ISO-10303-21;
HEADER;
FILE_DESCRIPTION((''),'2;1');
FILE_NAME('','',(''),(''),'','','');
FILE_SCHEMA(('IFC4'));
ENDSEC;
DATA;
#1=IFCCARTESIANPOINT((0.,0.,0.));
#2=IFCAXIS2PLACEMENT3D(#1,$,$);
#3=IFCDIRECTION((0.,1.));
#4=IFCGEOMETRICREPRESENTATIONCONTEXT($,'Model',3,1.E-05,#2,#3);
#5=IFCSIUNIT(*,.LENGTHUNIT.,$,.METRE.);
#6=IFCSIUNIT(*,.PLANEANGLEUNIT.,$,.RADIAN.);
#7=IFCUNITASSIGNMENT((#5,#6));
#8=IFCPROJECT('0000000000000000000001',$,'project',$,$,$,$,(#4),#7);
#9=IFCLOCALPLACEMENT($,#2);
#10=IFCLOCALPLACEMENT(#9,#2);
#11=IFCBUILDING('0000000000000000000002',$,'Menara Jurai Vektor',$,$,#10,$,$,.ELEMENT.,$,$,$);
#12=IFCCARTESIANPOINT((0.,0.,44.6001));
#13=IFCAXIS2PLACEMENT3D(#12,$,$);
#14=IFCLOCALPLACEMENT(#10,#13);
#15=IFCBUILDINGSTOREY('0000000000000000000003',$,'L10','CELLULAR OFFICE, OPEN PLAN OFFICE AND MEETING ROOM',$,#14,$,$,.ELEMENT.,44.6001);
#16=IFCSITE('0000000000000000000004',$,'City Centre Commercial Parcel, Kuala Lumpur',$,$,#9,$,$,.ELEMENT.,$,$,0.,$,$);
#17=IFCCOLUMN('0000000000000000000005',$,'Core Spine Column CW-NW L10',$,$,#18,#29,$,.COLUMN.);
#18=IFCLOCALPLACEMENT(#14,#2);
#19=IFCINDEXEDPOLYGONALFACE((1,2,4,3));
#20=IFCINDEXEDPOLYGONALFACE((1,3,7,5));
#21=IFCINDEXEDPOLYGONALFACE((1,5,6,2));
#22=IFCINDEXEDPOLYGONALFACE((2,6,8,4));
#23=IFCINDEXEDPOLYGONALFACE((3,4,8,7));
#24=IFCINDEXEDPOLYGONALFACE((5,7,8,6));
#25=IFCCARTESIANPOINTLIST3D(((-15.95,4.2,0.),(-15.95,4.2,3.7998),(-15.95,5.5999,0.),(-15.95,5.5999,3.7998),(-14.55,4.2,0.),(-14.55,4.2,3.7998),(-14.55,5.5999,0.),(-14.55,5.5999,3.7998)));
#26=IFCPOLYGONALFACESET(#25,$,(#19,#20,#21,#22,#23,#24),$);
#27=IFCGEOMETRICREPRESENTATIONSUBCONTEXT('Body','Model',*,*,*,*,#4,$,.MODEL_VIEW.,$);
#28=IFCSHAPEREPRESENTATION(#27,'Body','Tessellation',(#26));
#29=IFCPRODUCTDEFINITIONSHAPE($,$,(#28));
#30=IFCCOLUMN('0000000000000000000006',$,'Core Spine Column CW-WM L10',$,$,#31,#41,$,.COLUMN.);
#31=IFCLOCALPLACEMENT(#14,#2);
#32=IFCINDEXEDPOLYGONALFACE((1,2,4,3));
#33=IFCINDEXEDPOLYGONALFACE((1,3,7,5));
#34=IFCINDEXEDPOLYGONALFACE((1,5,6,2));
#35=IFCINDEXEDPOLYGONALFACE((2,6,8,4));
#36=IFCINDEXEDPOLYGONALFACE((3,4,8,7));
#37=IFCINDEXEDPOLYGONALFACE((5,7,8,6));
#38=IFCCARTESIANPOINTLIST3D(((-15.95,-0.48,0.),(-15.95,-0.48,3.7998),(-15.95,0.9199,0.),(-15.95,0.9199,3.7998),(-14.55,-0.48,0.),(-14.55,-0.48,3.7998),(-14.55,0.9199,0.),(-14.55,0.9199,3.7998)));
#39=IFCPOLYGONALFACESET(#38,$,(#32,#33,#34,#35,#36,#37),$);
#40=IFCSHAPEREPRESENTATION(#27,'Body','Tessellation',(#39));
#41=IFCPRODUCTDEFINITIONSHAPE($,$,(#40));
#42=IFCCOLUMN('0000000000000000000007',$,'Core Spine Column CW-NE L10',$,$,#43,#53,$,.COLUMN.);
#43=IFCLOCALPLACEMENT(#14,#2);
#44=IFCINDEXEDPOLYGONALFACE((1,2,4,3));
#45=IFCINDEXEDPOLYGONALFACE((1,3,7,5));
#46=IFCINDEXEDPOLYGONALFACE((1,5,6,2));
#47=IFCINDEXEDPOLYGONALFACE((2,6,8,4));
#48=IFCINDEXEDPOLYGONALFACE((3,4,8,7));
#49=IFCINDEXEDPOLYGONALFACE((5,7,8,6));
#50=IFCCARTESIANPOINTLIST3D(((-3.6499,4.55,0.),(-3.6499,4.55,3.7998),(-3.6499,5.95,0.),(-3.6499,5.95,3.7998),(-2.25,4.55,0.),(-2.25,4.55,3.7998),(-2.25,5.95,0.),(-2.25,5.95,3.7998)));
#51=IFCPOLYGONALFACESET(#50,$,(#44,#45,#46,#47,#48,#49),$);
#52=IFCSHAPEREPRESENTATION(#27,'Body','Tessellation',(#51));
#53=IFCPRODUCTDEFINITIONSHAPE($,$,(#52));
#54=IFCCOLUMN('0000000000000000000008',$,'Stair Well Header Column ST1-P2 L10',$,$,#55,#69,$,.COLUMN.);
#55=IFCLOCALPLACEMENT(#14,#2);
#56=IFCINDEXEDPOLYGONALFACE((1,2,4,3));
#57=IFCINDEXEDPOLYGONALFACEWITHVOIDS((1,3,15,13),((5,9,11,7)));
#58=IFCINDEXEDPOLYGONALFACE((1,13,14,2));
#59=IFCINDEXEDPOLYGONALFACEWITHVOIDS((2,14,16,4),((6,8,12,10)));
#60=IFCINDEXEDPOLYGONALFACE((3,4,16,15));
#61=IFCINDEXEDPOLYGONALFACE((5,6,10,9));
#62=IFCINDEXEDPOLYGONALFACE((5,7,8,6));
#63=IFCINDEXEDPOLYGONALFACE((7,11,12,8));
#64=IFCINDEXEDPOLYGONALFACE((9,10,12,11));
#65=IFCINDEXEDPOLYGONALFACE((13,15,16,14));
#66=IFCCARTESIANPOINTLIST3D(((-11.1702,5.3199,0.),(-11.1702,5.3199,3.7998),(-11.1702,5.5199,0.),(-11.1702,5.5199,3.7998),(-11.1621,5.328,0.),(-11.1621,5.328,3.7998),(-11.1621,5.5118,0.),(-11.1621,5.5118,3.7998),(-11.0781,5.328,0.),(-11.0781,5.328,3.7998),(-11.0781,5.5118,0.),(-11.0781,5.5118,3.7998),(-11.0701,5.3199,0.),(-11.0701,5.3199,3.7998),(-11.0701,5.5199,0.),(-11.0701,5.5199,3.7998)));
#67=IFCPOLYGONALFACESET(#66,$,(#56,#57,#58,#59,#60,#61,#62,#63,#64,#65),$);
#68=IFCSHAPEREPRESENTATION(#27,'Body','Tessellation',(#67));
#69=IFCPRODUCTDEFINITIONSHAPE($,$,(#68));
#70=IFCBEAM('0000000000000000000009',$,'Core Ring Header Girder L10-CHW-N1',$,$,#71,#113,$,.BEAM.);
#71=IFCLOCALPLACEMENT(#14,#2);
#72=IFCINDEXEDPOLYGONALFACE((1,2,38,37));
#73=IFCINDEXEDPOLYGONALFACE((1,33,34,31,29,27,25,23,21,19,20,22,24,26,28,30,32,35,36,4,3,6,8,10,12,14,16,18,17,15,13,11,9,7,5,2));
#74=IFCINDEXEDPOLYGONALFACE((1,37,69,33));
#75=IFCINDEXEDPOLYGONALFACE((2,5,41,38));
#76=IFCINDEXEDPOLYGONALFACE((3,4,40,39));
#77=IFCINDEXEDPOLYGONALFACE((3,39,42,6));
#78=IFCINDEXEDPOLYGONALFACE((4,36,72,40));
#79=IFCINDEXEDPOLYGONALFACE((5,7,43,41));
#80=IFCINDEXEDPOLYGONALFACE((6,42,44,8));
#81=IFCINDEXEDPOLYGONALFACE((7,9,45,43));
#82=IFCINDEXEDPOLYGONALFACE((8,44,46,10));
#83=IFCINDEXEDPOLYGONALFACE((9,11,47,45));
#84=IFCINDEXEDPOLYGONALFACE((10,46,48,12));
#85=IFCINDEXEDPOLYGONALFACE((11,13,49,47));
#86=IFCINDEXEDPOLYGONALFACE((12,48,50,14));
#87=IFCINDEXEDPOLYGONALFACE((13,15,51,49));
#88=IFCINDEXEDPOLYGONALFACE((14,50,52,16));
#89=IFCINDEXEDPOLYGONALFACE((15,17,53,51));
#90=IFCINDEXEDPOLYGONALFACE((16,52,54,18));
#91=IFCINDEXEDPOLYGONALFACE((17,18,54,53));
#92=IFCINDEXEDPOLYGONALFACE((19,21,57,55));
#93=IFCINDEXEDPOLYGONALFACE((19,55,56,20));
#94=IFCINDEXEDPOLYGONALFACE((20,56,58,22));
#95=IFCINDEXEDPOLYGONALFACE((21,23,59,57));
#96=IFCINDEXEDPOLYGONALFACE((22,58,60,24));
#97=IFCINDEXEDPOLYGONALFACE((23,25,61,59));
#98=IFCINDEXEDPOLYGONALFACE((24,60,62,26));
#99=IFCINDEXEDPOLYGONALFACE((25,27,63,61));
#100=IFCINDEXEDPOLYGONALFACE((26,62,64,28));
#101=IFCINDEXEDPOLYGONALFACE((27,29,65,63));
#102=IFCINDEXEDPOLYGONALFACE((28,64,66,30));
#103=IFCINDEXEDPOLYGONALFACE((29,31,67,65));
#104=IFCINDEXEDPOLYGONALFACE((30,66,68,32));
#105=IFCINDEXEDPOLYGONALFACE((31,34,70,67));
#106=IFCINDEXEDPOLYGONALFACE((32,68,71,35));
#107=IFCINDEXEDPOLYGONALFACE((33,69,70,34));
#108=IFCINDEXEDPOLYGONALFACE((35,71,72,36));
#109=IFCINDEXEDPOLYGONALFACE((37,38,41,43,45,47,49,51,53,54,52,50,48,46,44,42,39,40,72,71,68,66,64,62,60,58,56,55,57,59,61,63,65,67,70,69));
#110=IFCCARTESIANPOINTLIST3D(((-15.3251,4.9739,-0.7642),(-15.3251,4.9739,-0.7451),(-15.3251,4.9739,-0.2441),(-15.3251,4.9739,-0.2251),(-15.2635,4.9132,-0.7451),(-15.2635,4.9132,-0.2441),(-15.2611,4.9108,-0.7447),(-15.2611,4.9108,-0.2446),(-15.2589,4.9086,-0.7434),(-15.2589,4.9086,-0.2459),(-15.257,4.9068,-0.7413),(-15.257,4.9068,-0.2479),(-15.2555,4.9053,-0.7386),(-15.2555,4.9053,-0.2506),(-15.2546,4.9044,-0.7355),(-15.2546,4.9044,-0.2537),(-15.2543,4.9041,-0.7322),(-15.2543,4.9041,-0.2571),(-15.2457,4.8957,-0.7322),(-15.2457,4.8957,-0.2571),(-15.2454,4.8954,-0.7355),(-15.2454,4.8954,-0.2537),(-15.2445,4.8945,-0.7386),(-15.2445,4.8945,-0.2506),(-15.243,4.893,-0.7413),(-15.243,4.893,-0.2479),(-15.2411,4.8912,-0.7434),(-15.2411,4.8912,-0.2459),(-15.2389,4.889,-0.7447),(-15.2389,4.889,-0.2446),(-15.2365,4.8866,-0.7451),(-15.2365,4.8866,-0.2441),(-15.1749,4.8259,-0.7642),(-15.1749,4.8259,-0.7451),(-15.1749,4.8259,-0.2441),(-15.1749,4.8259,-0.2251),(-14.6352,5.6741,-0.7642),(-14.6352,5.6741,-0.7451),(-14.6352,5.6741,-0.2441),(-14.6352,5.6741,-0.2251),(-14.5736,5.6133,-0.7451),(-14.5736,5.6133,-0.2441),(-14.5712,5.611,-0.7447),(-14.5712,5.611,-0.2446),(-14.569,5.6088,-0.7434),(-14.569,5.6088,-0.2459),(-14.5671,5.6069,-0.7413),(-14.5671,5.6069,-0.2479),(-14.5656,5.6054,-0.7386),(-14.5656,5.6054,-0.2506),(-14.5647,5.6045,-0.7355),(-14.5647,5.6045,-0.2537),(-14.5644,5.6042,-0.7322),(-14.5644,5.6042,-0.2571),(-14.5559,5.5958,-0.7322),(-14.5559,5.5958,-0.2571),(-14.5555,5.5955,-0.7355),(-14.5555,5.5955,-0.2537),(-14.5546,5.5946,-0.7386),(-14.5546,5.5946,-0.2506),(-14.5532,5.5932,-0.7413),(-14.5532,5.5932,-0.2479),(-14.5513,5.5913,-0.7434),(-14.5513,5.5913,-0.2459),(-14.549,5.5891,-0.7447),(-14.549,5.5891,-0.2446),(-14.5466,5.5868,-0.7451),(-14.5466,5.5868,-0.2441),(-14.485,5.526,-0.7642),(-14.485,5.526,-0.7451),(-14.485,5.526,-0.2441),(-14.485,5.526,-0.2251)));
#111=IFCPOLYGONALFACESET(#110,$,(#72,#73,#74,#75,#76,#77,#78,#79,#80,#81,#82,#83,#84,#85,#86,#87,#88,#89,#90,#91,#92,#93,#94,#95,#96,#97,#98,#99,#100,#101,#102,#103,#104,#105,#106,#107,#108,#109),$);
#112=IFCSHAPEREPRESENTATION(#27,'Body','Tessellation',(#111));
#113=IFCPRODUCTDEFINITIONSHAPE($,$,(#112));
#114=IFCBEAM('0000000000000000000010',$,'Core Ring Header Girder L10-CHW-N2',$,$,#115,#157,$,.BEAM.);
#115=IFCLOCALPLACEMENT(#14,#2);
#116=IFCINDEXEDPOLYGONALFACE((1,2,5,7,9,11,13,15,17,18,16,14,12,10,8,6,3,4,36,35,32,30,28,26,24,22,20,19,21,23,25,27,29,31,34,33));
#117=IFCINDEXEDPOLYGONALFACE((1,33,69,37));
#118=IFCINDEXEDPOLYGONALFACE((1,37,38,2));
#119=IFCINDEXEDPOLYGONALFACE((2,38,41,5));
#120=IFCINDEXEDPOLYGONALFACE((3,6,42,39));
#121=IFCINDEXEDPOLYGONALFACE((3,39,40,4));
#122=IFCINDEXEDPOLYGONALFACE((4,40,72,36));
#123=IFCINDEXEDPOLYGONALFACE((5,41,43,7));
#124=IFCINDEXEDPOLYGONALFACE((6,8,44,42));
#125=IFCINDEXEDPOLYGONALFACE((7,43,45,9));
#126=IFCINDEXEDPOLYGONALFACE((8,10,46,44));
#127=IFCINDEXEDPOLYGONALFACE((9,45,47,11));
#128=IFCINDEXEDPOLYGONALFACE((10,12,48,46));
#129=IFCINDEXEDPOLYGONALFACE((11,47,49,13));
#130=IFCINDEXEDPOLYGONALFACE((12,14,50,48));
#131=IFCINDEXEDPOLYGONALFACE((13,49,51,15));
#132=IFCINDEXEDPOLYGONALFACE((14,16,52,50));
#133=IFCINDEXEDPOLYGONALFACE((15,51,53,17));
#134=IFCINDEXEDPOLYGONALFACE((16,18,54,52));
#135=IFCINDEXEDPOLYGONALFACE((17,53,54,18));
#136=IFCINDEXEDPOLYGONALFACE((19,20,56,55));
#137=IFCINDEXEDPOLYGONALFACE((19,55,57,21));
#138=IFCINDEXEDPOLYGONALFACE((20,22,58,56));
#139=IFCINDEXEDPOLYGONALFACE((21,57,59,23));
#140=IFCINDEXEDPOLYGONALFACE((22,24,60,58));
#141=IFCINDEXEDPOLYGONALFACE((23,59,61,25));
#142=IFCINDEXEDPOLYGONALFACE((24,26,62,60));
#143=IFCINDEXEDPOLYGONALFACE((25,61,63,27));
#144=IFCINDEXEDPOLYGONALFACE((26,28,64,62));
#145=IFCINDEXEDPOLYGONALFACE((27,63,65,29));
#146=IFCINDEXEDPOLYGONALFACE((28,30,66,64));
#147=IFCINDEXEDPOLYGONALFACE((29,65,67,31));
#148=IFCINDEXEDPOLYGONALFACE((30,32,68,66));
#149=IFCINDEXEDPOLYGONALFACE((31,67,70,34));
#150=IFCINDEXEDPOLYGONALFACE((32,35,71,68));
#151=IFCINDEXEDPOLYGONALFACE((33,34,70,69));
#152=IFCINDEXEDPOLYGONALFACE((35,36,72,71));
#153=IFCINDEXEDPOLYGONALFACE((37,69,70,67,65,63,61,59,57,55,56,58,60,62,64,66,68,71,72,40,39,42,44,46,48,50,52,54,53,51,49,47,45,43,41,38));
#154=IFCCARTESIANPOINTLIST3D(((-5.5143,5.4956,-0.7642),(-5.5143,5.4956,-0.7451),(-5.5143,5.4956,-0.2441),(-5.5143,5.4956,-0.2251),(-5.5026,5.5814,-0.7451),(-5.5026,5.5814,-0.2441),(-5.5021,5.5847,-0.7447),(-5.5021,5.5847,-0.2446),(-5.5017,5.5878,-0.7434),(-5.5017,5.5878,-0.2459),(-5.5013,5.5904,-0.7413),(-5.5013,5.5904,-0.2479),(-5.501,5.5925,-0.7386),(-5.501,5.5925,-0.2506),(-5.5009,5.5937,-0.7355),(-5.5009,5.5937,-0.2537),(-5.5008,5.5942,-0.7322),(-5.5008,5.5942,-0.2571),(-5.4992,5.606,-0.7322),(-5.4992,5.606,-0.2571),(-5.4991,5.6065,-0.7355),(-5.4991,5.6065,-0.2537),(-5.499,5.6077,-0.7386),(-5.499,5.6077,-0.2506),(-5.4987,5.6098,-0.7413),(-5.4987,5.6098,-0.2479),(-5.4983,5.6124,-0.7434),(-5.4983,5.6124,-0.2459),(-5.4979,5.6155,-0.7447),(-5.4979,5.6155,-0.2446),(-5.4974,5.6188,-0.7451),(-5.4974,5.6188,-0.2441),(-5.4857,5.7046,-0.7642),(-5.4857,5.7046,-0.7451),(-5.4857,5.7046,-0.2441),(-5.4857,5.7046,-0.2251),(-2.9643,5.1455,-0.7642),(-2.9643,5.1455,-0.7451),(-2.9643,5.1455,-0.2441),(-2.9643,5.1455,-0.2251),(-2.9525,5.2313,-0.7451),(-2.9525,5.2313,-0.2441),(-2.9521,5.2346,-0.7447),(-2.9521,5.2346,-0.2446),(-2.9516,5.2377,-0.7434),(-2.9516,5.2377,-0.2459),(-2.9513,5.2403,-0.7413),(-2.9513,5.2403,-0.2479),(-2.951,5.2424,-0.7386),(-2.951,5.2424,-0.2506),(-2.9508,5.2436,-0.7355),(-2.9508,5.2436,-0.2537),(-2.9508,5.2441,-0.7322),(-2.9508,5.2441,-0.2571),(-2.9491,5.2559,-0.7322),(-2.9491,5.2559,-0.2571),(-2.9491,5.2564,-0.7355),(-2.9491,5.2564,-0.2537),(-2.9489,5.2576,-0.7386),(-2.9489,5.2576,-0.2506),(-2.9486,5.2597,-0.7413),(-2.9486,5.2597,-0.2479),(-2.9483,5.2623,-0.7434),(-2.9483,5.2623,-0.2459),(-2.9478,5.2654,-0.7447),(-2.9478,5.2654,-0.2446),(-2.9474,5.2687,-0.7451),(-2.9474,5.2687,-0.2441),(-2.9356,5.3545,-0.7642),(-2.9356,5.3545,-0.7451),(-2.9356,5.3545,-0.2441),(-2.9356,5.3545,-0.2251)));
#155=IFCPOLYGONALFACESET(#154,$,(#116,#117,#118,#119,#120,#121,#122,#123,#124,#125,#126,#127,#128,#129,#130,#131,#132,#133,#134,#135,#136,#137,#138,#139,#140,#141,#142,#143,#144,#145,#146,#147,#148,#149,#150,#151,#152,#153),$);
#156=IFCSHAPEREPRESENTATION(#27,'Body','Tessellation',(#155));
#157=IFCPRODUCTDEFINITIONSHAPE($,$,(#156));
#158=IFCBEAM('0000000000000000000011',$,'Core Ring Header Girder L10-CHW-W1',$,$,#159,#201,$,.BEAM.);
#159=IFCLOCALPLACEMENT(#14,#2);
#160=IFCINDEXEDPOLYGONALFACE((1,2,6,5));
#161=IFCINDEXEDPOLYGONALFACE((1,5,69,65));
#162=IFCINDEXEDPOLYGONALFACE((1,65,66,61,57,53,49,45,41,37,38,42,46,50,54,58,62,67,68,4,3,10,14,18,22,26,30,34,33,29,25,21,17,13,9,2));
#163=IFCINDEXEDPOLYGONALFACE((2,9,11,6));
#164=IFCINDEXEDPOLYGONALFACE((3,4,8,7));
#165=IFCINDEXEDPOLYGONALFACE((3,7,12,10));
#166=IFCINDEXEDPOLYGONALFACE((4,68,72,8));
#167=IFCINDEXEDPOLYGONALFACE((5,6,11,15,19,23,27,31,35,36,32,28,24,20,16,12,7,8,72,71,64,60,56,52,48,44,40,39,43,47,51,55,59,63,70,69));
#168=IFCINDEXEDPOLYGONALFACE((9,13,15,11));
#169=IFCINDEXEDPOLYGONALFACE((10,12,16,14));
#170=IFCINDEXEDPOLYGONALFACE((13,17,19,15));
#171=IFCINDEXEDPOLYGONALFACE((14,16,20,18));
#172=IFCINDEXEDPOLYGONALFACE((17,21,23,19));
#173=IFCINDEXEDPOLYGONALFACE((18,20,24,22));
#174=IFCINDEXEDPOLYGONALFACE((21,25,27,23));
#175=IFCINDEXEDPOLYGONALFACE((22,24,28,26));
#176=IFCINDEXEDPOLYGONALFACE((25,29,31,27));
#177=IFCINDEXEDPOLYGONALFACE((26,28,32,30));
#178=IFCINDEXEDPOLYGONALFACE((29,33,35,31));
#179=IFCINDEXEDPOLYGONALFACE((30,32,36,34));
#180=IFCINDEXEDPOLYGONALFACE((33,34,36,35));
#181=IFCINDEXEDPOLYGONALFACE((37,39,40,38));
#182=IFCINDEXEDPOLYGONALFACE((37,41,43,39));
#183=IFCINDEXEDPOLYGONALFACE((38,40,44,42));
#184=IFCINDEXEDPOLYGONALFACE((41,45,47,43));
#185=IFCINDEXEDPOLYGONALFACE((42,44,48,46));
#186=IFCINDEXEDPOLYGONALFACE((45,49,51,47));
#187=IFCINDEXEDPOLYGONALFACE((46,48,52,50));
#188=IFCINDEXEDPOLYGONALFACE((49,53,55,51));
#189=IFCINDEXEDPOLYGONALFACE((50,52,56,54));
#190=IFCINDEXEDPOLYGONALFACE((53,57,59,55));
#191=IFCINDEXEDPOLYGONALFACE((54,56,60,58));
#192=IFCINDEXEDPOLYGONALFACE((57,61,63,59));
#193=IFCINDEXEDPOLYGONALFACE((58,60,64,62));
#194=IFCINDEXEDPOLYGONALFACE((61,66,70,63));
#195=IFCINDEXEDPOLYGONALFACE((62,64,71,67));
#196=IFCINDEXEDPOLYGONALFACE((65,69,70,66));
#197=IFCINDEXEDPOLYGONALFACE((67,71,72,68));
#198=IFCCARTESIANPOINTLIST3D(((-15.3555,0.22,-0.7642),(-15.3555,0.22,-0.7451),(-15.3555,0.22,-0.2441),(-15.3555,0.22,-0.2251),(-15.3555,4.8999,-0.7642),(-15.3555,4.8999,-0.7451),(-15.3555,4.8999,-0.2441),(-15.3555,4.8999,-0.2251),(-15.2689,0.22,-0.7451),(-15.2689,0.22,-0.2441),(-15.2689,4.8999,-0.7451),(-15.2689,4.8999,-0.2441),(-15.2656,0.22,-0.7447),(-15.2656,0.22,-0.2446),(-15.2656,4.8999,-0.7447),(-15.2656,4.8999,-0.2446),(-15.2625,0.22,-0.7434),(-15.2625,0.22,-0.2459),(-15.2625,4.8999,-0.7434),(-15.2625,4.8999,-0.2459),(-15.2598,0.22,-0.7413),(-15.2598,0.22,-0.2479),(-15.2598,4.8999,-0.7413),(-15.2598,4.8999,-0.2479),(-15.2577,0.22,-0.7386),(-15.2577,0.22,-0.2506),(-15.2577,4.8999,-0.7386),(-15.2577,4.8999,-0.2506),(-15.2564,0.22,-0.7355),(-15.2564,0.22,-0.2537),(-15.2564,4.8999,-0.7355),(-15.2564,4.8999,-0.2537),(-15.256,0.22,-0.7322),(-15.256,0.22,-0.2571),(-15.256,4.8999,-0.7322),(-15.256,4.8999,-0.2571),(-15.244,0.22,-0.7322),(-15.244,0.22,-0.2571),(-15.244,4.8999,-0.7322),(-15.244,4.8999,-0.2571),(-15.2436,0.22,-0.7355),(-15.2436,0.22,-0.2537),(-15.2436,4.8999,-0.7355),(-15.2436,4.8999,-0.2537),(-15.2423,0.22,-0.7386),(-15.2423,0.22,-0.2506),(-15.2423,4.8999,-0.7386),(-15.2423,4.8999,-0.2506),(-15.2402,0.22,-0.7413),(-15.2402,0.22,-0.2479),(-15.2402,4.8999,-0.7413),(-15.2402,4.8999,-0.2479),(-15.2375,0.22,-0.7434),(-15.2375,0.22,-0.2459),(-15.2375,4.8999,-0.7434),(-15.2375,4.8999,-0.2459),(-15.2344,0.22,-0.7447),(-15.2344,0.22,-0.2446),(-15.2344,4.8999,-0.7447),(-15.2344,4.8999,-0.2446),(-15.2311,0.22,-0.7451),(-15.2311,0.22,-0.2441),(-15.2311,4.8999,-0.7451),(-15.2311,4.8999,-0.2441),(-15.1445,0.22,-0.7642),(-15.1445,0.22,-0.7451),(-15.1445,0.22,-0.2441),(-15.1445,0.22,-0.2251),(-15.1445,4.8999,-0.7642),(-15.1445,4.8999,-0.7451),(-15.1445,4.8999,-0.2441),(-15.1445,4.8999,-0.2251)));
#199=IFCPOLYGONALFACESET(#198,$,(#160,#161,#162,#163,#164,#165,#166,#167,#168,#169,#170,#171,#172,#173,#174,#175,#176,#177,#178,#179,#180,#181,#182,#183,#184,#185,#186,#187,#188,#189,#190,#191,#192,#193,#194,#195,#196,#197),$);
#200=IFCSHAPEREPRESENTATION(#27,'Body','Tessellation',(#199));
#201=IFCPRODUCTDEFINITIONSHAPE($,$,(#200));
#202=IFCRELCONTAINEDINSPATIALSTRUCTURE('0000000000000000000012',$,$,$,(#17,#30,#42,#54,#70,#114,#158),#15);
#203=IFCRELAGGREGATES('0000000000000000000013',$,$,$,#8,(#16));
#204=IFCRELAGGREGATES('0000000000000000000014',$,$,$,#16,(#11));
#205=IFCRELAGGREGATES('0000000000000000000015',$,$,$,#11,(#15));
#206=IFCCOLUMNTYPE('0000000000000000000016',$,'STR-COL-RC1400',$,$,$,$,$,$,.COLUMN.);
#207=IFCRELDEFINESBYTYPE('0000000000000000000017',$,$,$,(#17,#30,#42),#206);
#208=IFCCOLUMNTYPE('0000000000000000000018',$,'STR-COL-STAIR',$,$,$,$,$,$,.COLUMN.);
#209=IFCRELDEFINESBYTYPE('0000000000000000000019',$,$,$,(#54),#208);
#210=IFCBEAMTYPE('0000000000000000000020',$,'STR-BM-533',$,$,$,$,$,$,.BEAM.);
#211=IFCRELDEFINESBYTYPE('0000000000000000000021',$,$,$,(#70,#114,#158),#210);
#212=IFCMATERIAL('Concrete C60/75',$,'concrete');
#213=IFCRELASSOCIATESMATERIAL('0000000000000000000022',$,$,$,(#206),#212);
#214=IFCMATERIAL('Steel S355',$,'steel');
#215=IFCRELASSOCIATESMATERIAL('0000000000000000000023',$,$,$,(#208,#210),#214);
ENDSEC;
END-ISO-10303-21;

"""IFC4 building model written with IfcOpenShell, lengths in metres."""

from ifc_helpers import new_model, si_unit, direction, frame, origin, origin_2d, place, context, subcontext, project, spatial, rectangle, hollow_rectangle, i_section, extrude, material, material_profile, profile_set, type_object, element, save


model = new_model("IFC4")

# Units and contexts
model_context = context("Model", 3, precision=1e-05, world=origin(), true_north=direction((0.0, 1.0)))
body_context = subcontext(model_context, "Body", "Model", "MODEL_VIEW")
ifc_project = project(units=[si_unit("LENGTHUNIT", "METRE"), si_unit("PLANEANGLEUNIT", "RADIAN")], contexts=[model_context])

# Site, building, storey
site_placement = place(None, origin())
site = spatial("IfcSite", under=ifc_project, at=site_placement, Name="City Centre Commercial Parcel, Kuala Lumpur", CompositionType="ELEMENT", RefElevation=0.0)
building_placement = place(site_placement, origin())
building = spatial("IfcBuilding", under=site, at=building_placement, Name="Menara Jurai Vektor", CompositionType="ELEMENT")
storey_placement = place(building_placement, frame((0.0, 0.0, 44.6001)))
storey = spatial("IfcBuildingStorey", under=building, at=storey_placement, Name="L10", Description="CELLULAR OFFICE, OPEN PLAN OFFICE AND MEETING ROOM", CompositionType="ELEMENT", Elevation=44.6001)

# Columns
ifc_material_1 = material(Name="Concrete C60/75", Category="concrete")
ifc_material_profile_1 = material_profile(ifc_material_1, rectangle(XDim=1.3999, YDim=1.3999, at=origin_2d()), Name="RC 1400x1400")
ifc_profile_set_1 = profile_set([ifc_material_profile_1], Name="Concrete C60/75")
column_type_1 = type_object("IfcColumnType", Name="STR-COL-RC1400", PredefinedType="COLUMN", material=ifc_profile_set_1)
for number, where, z_axis, x_axis, name in (
    (1, (-15.25, 4.8999, 0.0), (0.0, 0.0, 1.0), (1.0, 0.0, 0.0), "Core Spine Column CW-NW L10"),
    (2, (-15.25, 0.22, 0.0), (0.0, 0.0, 1.0), (1.0, 0.0, 0.0), "Core Spine Column CW-WM L10"),
    (3, (-2.95, 5.25, 0.0), (0.0, 0.0, 1.0), (1.0, 0.0, 0.0), "Core Spine Column CW-NE L10"),
):
    element("IfcColumn", number, at=place(storey_placement, frame(where, z_axis=z_axis, x_axis=x_axis)), inside=storey, type_object=column_type_1, Name=name, PredefinedType="COLUMN", context=body_context, shape_type="SweptSolid", body=[
        extrude(rectangle(XDim=1.3999, YDim=1.3999, at=origin_2d()), origin(), (0.0, 0.0, 1.0), 3.7998),
    ])
ifc_material_2 = material(Name="Steel S355", Category="steel")
ifc_material_profile_2 = material_profile(ifc_material_2, hollow_rectangle(XDim=0.1001, YDim=0.2, WallThickness=0.0081, at=origin_2d()), Name="RHS 200x100x8")
ifc_profile_set_2 = profile_set([ifc_material_profile_2], Name="Steel S355")
column_type_2 = type_object("IfcColumnType", Name="STR-COL-STAIR", PredefinedType="COLUMN", material=ifc_profile_set_2)
column_placement = place(storey_placement, frame((-11.1201, 5.4199, 0.0), z_axis=(0.0, 0.0, 1.0), x_axis=(1.0, 0.0, 0.0)))
element("IfcColumn", 4, at=column_placement, inside=storey, type_object=column_type_2, Name="Stair Well Header Column ST1-P2 L10", PredefinedType="COLUMN", context=body_context, shape_type="SweptSolid", body=[
    extrude(hollow_rectangle(XDim=0.1001, YDim=0.2, WallThickness=0.0081, at=origin_2d()), origin(), (0.0, 0.0, 1.0), 3.7998),
])

# Beams
ifc_material_profile_3 = material_profile(ifc_material_2, i_section(OverallWidth=0.2109, OverallDepth=0.5391, WebThickness=0.012, FlangeThickness=0.019, FilletRadius=0.0129, at=origin_2d()), Name="UKB 533x210x109")
ifc_profile_set_3 = profile_set([ifc_material_profile_3], Name="Steel S355")
beam_type_1 = type_object("IfcBeamType", Name="STR-BM-533", PredefinedType="BEAM", material=ifc_profile_set_3)
beam_1_placement = place(storey_placement, frame((-15.25, 4.8999, -0.4946), z_axis=(0.701872, 0.712303, 0.0), x_axis=(-0.712303, 0.701872, 0.0)))
element("IfcBeam", 5, at=beam_1_placement, inside=storey, type_object=beam_type_1, Name="Core Ring Header Girder L10-CHW-N1", PredefinedType="BEAM", context=body_context, shape_type="SweptSolid", body=[
    extrude(i_section(OverallWidth=0.2109, OverallDepth=0.5391, WebThickness=0.012, FlangeThickness=0.019, FilletRadius=0.0129, at=origin_2d()), origin(), (0.0, 0.0, 1.0), 0.9829),
])
beam_2_placement = place(storey_placement, frame((-5.5, 5.6001, -0.4946), z_axis=(0.990707, -0.136015, 0.0), x_axis=(0.136015, 0.990707, 0.0)))
element("IfcBeam", 6, at=beam_2_placement, inside=storey, type_object=beam_type_1, Name="Core Ring Header Girder L10-CHW-N2", PredefinedType="BEAM", context=body_context, shape_type="SweptSolid", body=[
    extrude(i_section(OverallWidth=0.2109, OverallDepth=0.5391, WebThickness=0.012, FlangeThickness=0.019, FilletRadius=0.0129, at=origin_2d()), origin(), (0.0, 0.0, 1.0), 2.574),
])
beam_3_placement = place(storey_placement, frame((-15.25, 0.22, -0.4946), z_axis=(0.0, 1.0, 0.0), x_axis=(-1.0, 0.0, 0.0)))
element("IfcBeam", 7, at=beam_3_placement, inside=storey, type_object=beam_type_1, Name="Core Ring Header Girder L10-CHW-W1", PredefinedType="BEAM", context=body_context, shape_type="SweptSolid", body=[
    extrude(i_section(OverallWidth=0.2109, OverallDepth=0.5391, WebThickness=0.012, FlangeThickness=0.019, FilletRadius=0.0129, at=origin_2d()), origin(), (0.0, 0.0, 1.0), 4.6799),
])

save(model, "model.ifc")
